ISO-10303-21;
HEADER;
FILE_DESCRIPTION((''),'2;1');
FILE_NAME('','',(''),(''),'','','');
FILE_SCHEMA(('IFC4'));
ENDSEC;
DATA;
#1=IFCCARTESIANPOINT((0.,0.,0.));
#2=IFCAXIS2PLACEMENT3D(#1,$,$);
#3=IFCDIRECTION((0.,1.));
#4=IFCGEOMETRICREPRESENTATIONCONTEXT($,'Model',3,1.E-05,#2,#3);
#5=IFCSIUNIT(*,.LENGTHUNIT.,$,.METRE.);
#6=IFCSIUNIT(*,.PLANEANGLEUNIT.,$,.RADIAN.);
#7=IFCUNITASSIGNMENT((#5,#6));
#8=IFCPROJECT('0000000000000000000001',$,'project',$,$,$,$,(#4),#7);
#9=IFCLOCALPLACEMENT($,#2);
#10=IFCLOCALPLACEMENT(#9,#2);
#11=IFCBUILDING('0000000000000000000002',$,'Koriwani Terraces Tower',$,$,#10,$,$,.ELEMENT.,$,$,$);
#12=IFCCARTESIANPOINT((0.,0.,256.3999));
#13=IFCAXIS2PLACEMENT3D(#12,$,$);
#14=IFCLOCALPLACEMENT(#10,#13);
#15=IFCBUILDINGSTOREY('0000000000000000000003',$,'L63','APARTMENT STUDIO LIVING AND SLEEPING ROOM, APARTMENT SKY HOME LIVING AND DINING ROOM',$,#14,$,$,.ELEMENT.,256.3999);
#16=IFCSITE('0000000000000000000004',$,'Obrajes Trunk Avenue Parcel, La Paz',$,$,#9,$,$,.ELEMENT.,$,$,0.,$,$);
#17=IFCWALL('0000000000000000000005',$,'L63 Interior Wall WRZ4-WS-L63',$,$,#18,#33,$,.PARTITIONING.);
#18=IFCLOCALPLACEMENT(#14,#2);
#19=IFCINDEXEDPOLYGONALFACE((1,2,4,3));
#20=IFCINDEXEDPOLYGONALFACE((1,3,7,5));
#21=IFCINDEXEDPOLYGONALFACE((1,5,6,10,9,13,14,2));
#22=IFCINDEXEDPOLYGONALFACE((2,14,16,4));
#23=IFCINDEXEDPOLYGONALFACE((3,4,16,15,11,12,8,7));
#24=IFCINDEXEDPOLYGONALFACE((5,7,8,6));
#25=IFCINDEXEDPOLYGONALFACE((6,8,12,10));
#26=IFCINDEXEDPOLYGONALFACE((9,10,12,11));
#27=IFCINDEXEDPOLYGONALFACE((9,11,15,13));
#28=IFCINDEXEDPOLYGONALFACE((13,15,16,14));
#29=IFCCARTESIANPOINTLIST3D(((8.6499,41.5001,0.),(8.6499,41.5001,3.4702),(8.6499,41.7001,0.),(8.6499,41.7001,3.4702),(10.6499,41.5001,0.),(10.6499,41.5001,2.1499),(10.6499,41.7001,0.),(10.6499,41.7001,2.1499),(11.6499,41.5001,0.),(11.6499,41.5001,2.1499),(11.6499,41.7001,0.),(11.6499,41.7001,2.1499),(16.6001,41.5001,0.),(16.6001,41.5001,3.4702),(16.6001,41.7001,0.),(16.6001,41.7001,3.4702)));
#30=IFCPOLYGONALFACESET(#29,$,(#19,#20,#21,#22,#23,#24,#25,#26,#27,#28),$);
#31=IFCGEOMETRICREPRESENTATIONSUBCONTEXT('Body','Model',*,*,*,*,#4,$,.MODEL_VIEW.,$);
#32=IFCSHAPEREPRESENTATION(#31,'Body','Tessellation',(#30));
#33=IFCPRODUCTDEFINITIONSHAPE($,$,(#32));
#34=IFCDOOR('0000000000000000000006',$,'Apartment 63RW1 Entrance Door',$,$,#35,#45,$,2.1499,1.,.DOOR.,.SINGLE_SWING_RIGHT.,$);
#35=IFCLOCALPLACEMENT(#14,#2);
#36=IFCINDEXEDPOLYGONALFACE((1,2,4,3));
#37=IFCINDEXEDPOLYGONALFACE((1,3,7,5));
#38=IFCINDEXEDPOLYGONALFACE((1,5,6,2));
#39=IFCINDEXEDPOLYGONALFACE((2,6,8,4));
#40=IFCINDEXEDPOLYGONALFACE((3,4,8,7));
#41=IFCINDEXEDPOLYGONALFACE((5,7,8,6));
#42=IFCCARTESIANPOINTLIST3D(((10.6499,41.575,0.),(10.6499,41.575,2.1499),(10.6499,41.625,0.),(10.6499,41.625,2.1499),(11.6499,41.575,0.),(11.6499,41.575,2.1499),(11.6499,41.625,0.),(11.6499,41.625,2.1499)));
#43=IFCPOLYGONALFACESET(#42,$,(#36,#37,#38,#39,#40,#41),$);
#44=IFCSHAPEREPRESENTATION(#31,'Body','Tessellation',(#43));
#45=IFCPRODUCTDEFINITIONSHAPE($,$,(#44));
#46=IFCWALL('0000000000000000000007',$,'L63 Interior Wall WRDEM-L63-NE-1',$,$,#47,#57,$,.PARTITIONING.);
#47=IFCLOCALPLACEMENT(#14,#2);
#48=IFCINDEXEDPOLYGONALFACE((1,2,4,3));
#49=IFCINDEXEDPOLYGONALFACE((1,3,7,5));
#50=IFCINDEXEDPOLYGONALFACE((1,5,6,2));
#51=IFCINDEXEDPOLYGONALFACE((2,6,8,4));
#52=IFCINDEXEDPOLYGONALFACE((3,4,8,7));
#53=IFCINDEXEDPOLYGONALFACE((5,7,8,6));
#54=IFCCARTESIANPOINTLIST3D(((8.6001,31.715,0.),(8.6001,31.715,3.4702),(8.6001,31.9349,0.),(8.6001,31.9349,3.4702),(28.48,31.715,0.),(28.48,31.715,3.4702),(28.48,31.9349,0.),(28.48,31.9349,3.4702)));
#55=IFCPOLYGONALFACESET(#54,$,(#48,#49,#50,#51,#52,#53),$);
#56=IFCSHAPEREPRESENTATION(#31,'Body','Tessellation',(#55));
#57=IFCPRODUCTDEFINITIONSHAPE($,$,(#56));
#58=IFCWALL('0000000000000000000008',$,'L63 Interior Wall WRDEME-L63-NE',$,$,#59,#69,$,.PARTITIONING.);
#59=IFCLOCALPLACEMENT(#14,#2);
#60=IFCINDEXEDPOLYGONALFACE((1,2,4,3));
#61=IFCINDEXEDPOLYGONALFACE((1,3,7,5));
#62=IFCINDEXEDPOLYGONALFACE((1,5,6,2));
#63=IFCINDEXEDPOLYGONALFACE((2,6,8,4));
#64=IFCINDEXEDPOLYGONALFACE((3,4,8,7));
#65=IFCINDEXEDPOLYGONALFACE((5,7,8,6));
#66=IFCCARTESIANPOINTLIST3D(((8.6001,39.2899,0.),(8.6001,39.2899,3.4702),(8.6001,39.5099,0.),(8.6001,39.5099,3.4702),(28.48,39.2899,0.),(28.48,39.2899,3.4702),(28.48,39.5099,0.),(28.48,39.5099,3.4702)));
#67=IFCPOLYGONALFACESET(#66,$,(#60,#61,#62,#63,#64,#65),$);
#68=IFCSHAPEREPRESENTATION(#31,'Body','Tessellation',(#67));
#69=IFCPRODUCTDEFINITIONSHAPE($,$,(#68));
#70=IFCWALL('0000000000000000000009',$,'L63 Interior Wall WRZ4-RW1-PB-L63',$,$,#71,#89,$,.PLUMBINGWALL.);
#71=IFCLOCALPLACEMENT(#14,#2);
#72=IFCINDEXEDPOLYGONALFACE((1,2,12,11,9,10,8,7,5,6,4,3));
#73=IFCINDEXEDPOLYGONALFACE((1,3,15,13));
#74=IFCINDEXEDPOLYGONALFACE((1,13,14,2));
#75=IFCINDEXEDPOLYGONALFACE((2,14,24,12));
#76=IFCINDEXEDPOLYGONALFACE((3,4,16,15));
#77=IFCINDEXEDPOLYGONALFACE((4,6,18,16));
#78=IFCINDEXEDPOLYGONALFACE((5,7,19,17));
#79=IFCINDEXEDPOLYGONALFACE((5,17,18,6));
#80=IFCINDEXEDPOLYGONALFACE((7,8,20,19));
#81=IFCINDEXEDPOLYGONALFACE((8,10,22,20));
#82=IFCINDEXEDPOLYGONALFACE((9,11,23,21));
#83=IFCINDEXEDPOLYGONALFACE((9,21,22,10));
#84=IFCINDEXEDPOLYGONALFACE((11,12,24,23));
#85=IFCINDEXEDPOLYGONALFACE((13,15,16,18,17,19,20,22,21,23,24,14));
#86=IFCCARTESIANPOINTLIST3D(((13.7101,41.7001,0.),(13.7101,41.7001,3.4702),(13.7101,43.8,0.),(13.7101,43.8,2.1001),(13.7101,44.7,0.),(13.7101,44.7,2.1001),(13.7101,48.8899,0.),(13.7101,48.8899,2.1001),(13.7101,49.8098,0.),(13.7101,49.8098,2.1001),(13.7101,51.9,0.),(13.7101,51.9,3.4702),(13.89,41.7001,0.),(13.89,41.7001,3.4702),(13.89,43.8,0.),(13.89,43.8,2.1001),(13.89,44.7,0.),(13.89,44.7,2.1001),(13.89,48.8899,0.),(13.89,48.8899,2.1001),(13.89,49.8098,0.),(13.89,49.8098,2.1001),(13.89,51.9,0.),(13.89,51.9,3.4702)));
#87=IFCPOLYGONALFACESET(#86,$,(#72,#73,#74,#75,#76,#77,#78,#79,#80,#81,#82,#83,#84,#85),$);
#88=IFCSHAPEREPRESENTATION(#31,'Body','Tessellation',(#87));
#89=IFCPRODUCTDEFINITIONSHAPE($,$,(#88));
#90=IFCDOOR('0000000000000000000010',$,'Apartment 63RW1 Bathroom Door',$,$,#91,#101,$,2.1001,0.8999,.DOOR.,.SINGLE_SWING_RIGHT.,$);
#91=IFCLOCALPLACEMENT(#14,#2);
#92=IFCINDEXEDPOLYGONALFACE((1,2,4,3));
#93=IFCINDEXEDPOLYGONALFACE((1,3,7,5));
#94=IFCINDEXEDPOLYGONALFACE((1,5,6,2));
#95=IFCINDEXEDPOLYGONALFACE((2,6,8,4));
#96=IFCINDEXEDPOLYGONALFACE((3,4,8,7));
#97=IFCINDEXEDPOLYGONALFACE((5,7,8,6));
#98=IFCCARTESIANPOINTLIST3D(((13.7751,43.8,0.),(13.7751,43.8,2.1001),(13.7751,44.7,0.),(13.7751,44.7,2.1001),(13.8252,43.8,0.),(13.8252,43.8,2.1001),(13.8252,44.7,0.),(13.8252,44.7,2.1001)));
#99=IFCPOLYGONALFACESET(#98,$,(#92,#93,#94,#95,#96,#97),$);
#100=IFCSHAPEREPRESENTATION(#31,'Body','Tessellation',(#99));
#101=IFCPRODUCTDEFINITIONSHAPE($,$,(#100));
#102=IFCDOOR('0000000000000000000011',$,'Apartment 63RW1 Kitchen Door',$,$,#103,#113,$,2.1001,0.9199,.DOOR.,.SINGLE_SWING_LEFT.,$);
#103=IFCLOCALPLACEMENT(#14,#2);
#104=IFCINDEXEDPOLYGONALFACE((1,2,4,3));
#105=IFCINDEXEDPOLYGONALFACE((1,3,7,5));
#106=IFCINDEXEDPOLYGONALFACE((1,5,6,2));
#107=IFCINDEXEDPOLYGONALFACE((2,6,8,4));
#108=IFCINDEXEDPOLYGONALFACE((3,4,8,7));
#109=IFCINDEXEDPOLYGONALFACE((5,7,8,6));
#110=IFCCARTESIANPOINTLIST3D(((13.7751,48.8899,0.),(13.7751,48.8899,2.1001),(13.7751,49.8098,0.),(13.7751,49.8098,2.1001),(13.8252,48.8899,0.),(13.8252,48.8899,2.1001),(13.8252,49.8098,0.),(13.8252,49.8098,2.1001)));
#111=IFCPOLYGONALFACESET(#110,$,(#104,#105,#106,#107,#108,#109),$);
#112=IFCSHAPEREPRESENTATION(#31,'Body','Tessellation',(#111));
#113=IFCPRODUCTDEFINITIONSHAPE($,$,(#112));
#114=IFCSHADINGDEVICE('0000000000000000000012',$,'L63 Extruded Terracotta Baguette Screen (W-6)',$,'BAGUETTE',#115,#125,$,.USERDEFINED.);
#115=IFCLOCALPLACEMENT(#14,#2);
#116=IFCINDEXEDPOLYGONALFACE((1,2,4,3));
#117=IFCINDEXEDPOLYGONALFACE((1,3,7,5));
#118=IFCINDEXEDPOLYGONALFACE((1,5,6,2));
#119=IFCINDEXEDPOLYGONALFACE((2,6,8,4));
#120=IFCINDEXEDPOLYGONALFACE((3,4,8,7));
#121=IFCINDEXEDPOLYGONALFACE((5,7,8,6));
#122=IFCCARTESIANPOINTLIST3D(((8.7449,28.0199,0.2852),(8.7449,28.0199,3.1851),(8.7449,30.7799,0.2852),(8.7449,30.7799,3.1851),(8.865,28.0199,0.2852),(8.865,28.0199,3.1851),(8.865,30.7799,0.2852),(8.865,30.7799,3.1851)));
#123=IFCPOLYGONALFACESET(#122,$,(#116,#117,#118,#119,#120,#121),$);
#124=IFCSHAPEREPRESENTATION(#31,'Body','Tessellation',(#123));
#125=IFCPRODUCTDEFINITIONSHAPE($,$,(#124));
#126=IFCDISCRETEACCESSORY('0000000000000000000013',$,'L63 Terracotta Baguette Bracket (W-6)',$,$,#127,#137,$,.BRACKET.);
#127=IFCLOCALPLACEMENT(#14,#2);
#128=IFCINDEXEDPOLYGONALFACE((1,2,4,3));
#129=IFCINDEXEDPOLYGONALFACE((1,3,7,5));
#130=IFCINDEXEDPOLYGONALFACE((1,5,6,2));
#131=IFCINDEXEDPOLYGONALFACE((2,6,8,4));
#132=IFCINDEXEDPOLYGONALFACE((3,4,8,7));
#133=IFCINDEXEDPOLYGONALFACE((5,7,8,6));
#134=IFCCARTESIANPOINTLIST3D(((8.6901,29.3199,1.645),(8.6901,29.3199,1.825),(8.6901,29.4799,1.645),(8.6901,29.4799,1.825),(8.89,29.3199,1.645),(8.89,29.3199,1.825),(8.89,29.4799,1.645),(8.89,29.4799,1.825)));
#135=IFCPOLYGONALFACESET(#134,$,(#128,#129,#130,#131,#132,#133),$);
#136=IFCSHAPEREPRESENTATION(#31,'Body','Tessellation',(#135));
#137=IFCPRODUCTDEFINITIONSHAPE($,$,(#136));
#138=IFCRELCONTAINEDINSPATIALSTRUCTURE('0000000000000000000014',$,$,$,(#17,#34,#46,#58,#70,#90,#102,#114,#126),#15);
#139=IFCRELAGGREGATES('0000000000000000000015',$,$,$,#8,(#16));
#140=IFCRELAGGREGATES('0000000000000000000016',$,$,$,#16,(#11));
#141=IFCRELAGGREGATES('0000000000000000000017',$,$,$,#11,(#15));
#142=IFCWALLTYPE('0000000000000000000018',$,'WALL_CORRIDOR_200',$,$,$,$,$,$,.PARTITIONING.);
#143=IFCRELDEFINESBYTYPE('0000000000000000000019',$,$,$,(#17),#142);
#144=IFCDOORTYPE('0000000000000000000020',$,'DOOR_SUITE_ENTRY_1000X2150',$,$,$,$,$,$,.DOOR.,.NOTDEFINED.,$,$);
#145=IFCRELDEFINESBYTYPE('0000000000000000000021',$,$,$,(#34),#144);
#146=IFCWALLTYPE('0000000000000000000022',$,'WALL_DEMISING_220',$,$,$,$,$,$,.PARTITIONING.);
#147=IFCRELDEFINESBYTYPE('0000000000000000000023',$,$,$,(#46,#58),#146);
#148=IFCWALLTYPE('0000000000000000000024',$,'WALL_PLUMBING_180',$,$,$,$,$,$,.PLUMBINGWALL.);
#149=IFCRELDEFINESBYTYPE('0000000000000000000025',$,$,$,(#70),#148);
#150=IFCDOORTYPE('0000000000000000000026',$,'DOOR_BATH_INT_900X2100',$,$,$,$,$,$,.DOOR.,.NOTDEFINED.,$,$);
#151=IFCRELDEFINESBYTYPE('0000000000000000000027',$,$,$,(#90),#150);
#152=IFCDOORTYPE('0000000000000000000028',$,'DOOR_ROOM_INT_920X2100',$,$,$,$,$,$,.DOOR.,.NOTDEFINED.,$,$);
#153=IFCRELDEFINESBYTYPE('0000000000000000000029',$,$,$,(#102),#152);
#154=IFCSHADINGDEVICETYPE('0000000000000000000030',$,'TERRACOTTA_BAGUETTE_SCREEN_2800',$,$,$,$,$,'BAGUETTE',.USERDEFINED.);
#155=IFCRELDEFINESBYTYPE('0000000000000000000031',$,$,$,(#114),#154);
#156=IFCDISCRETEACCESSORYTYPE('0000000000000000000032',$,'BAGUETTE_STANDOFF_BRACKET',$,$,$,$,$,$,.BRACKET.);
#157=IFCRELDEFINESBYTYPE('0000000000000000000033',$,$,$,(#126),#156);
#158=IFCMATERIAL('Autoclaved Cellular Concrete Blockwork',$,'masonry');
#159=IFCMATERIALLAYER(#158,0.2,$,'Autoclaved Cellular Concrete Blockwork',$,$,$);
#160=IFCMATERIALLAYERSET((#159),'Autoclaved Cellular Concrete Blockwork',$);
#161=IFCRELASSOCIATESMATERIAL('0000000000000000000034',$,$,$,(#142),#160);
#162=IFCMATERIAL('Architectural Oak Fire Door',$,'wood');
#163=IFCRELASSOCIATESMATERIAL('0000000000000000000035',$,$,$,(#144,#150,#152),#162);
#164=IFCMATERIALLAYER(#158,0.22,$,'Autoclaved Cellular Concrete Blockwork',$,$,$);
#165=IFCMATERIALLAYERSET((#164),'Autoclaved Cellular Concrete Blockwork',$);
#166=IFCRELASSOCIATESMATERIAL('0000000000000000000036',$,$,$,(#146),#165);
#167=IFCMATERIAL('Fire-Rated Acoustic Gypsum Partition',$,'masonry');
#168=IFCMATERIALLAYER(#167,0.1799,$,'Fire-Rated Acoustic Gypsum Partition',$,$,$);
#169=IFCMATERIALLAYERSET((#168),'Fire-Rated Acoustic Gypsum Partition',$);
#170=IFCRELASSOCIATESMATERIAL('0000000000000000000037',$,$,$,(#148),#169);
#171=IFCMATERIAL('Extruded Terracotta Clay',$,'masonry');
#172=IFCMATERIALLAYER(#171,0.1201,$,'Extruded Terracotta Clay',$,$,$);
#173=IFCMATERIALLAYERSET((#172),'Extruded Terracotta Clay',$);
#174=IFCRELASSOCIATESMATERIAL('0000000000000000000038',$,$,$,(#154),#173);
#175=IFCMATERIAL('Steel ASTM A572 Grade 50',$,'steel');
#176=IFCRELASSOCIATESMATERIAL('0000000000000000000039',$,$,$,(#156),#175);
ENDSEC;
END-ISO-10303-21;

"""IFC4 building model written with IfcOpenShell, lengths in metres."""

from ifc_helpers import new_model, si_unit, direction, frame, frame_2d, origin, origin_2d, place, context, subcontext, project, spatial, rectangle, extrude, material, layer, layer_set, type_object, element, fill, save


model = new_model("IFC4")

# Units and contexts
model_context = context("Model", 3, precision=1e-05, world=origin(), true_north=direction((0.0, 1.0)))
body_context = subcontext(model_context, "Body", "Model", "MODEL_VIEW")
ifc_project = project(units=[si_unit("LENGTHUNIT", "METRE"), si_unit("PLANEANGLEUNIT", "RADIAN")], contexts=[model_context])

# Site, building, storey
site_placement = place(None, origin())
site = spatial("IfcSite", under=ifc_project, at=site_placement, Name="Obrajes Trunk Avenue Parcel, La Paz", CompositionType="ELEMENT", RefElevation=0.0)
building_placement = place(site_placement, origin())
building = spatial("IfcBuilding", under=site, at=building_placement, Name="Koriwani Terraces Tower", CompositionType="ELEMENT")
storey_placement = place(building_placement, frame((0.0, 0.0, 256.3999)))
storey = spatial("IfcBuildingStorey", under=building, at=storey_placement, Name="L63", Description="APARTMENT STUDIO LIVING AND SLEEPING ROOM, APARTMENT SKY HOME LIVING AND DINING ROOM", CompositionType="ELEMENT", Elevation=256.3999)

# Shared definitions
ifc_material_1 = material(Name="Steel ASTM A572 Grade 50", Category="steel")

# Wall, opening, door
ifc_material_2 = material(Name="Autoclaved Cellular Concrete Blockwork", Category="masonry")
ifc_layer_1 = layer(ifc_material_2, 0.2, Name="Autoclaved Cellular Concrete Blockwork")
ifc_layer_set_1 = layer_set([ifc_layer_1], Name="Autoclaved Cellular Concrete Blockwork")
wall_type_1 = type_object("IfcWallType", Name="WALL_CORRIDOR_200", PredefinedType="PARTITIONING", material=ifc_layer_set_1)
wall_1_placement = place(storey_placement, frame((8.6499, 41.6001, 0.0), z_axis=(0.0, 0.0, 1.0), x_axis=(1.0, 0.0, 0.0)))
wall_1 = element("IfcWall", 1, at=wall_1_placement, inside=storey, type_object=wall_type_1, Name="L63 Interior Wall WRZ4-WS-L63", PredefinedType="PARTITIONING", context=body_context, shape_type="SweptSolid", body=[
    extrude(rectangle(XDim=7.9502, YDim=0.2, at=frame_2d((3.9751, 0.0))), origin(), (0.0, 0.0, 1.0), 3.4702),
])
opening_1_placement = place(wall_1_placement, frame((2.0, 0.0, 0.0)))
opening_1 = element("IfcOpeningElement", 2, at=opening_1_placement, cuts=wall_1, PredefinedType="OPENING", context=body_context, shape_type="SweptSolid", body=[
    extrude(rectangle(XDim=1.0, YDim=2.1499, at=frame_2d((0.5, 1.075))), frame((0.0, 0.1099, 0.0), z_axis=(0.0, -1.0, 0.0), x_axis=(1.0, 0.0, 0.0)), (0.0, 0.0, 1.0), 0.22),
])
ifc_material_3 = material(Name="Architectural Oak Fire Door", Category="wood")
door_type_1 = type_object("IfcDoorType", Name="DOOR_SUITE_ENTRY_1000X2150", OperationType="NOTDEFINED", PredefinedType="DOOR", material=ifc_material_3)
door_1_placement = place(opening_1_placement, origin())
door_1 = element("IfcDoor", 3, at=door_1_placement, inside=storey, type_object=door_type_1, Name="Apartment 63RW1 Entrance Door", OperationType="SINGLE_SWING_RIGHT", OverallHeight=2.1499, OverallWidth=1.0, PredefinedType="DOOR", context=body_context, shape_type="SweptSolid", body=[
    extrude(rectangle(XDim=1.0, YDim=2.1499, at=frame_2d((0.5, 1.075))), frame((0.0, 0.0249, 0.0), z_axis=(0.0, -1.0, 0.0), x_axis=(1.0, 0.0, 0.0)), (0.0, 0.0, 1.0), 0.05),
])
fill(opening_1, door_1)

# Walls
ifc_layer_2 = layer(ifc_material_2, 0.22, Name="Autoclaved Cellular Concrete Blockwork")
ifc_layer_set_2 = layer_set([ifc_layer_2], Name="Autoclaved Cellular Concrete Blockwork")
wall_type_2 = type_object("IfcWallType", Name="WALL_DEMISING_220", PredefinedType="PARTITIONING", material=ifc_layer_set_2)
for number, where, z_axis, x_axis, name in (
    (4, (8.6001, 31.825, 0.0), (0.0, 0.0, 1.0), (1.0, 0.0, 0.0), "L63 Interior Wall WRDEM-L63-NE-1"),
    (5, (8.6001, 39.3999, 0.0), (0.0, 0.0, 1.0), (1.0, 0.0, 0.0), "L63 Interior Wall WRDEME-L63-NE"),
):
    element("IfcWall", number, at=place(storey_placement, frame(where, z_axis=z_axis, x_axis=x_axis)), inside=storey, type_object=wall_type_2, Name=name, PredefinedType="PARTITIONING", context=body_context, shape_type="SweptSolid", body=[
        extrude(rectangle(XDim=19.8799, YDim=0.22, at=frame_2d((9.9399, 0.0))), origin(), (0.0, 0.0, 1.0), 3.4702),
    ])

# Wall, openings, doors
ifc_material_4 = material(Name="Fire-Rated Acoustic Gypsum Partition", Category="masonry")
ifc_layer_3 = layer(ifc_material_4, 0.1799, Name="Fire-Rated Acoustic Gypsum Partition")
ifc_layer_set_3 = layer_set([ifc_layer_3], Name="Fire-Rated Acoustic Gypsum Partition")
wall_type_3 = type_object("IfcWallType", Name="WALL_PLUMBING_180", PredefinedType="PLUMBINGWALL", material=ifc_layer_set_3)
wall_2_placement = place(storey_placement, frame((13.8, 41.7, 0.0), z_axis=(0.0, 0.0, 1.0), x_axis=(0.0, 1.0, 0.0)))
wall_2 = element("IfcWall", 6, at=wall_2_placement, inside=storey, type_object=wall_type_3, Name="L63 Interior Wall WRZ4-RW1-PB-L63", PredefinedType="PLUMBINGWALL", context=body_context, shape_type="SweptSolid", body=[
    extrude(rectangle(XDim=10.2, YDim=0.1799, at=frame_2d((5.1001, 0.0))), origin(), (0.0, 0.0, 1.0), 3.4702),
])
opening_2_placement = place(wall_2_placement, frame((2.1001, 0.0, 0.0)))
opening_2 = element("IfcOpeningElement", 7, at=opening_2_placement, cuts=wall_2, PredefinedType="OPENING", context=body_context, shape_type="SweptSolid", body=[
    extrude(rectangle(XDim=0.8999, YDim=2.1001, at=frame_2d((0.45, 1.05))), frame((0.0, 0.1001, 0.0), z_axis=(0.0, -1.0, 0.0), x_axis=(1.0, 0.0, 0.0)), (0.0, 0.0, 1.0), 0.2),
])
opening_3_placement = place(wall_2_placement, frame((7.1899, 0.0, 0.0)))
opening_3 = element("IfcOpeningElement", 8, at=opening_3_placement, cuts=wall_2, PredefinedType="OPENING", context=body_context, shape_type="SweptSolid", body=[
    extrude(rectangle(XDim=0.9199, YDim=2.1001, at=frame_2d((0.46, 1.05))), frame((0.0, 0.1001, 0.0), z_axis=(0.0, -1.0, 0.0), x_axis=(1.0, 0.0, 0.0)), (0.0, 0.0, 1.0), 0.2),
])
door_type_2 = type_object("IfcDoorType", Name="DOOR_BATH_INT_900X2100", OperationType="NOTDEFINED", PredefinedType="DOOR", material=ifc_material_3)
door_2_placement = place(opening_2_placement, origin())
door_2 = element("IfcDoor", 9, at=door_2_placement, inside=storey, type_object=door_type_2, Name="Apartment 63RW1 Bathroom Door", OperationType="SINGLE_SWING_RIGHT", OverallHeight=2.1001, OverallWidth=0.8999, PredefinedType="DOOR", context=body_context, shape_type="SweptSolid", body=[
    extrude(rectangle(XDim=0.8999, YDim=2.1001, at=frame_2d((0.45, 1.05))), frame((0.0, 0.0249, 0.0), z_axis=(0.0, -1.0, 0.0), x_axis=(1.0, 0.0, 0.0)), (0.0, 0.0, 1.0), 0.05),
])
fill(opening_2, door_2)
door_type_3 = type_object("IfcDoorType", Name="DOOR_ROOM_INT_920X2100", OperationType="NOTDEFINED", PredefinedType="DOOR", material=ifc_material_3)
door_3_placement = place(opening_3_placement, origin())
door_3 = element("IfcDoor", 10, at=door_3_placement, inside=storey, type_object=door_type_3, Name="Apartment 63RW1 Kitchen Door", OperationType="SINGLE_SWING_LEFT", OverallHeight=2.1001, OverallWidth=0.9199, PredefinedType="DOOR", context=body_context, shape_type="SweptSolid", body=[
    extrude(rectangle(XDim=0.9199, YDim=2.1001, at=frame_2d((0.46, 1.05))), frame((0.0, 0.0249, 0.0), z_axis=(0.0, -1.0, 0.0), x_axis=(1.0, 0.0, 0.0)), (0.0, 0.0, 1.0), 0.05),
])
fill(opening_3, door_3)

# Shading device
ifc_material_5 = material(Name="Extruded Terracotta Clay", Category="masonry")
ifc_layer_4 = layer(ifc_material_5, 0.1201, Name="Extruded Terracotta Clay")
ifc_layer_set_4 = layer_set([ifc_layer_4], Name="Extruded Terracotta Clay")
shading_device_type = type_object("IfcShadingDeviceType", Name="TERRACOTTA_BAGUETTE_SCREEN_2800", ElementType="BAGUETTE", PredefinedType="USERDEFINED", material=ifc_layer_set_4)
shading_device_placement = place(storey_placement, frame((8.8049, 29.3999, 0.2852), z_axis=(0.0, 0.0, 1.0), x_axis=(0.0, 1.0, 0.0)))
element("IfcShadingDevice", 11, at=shading_device_placement, inside=storey, type_object=shading_device_type, Name="L63 Extruded Terracotta Baguette Screen (W-6)", ObjectType="BAGUETTE", PredefinedType="USERDEFINED", context=body_context, shape_type="SweptSolid", body=[
    extrude(rectangle(XDim=2.76, YDim=0.1201, at=origin_2d()), origin(), (0.0, 0.0, 1.0), 2.8999),
])

# Discrete accessory
discrete_accessory_type = type_object("IfcDiscreteAccessoryType", Name="BAGUETTE_STANDOFF_BRACKET", PredefinedType="BRACKET", material=ifc_material_1)
discrete_accessory_placement = place(storey_placement, frame((8.79, 29.3999, 1.645), z_axis=(0.0, 0.0, 1.0), x_axis=(0.0, 1.0, 0.0)))
element("IfcDiscreteAccessory", 12, at=discrete_accessory_placement, inside=storey, type_object=discrete_accessory_type, Name="L63 Terracotta Baguette Bracket (W-6)", PredefinedType="BRACKET", context=body_context, shape_type="SweptSolid", body=[
    extrude(rectangle(XDim=0.1599, YDim=0.2, at=origin_2d()), origin(), (0.0, 0.0, 1.0), 0.1799),
])

save(model, "model.ifc")
